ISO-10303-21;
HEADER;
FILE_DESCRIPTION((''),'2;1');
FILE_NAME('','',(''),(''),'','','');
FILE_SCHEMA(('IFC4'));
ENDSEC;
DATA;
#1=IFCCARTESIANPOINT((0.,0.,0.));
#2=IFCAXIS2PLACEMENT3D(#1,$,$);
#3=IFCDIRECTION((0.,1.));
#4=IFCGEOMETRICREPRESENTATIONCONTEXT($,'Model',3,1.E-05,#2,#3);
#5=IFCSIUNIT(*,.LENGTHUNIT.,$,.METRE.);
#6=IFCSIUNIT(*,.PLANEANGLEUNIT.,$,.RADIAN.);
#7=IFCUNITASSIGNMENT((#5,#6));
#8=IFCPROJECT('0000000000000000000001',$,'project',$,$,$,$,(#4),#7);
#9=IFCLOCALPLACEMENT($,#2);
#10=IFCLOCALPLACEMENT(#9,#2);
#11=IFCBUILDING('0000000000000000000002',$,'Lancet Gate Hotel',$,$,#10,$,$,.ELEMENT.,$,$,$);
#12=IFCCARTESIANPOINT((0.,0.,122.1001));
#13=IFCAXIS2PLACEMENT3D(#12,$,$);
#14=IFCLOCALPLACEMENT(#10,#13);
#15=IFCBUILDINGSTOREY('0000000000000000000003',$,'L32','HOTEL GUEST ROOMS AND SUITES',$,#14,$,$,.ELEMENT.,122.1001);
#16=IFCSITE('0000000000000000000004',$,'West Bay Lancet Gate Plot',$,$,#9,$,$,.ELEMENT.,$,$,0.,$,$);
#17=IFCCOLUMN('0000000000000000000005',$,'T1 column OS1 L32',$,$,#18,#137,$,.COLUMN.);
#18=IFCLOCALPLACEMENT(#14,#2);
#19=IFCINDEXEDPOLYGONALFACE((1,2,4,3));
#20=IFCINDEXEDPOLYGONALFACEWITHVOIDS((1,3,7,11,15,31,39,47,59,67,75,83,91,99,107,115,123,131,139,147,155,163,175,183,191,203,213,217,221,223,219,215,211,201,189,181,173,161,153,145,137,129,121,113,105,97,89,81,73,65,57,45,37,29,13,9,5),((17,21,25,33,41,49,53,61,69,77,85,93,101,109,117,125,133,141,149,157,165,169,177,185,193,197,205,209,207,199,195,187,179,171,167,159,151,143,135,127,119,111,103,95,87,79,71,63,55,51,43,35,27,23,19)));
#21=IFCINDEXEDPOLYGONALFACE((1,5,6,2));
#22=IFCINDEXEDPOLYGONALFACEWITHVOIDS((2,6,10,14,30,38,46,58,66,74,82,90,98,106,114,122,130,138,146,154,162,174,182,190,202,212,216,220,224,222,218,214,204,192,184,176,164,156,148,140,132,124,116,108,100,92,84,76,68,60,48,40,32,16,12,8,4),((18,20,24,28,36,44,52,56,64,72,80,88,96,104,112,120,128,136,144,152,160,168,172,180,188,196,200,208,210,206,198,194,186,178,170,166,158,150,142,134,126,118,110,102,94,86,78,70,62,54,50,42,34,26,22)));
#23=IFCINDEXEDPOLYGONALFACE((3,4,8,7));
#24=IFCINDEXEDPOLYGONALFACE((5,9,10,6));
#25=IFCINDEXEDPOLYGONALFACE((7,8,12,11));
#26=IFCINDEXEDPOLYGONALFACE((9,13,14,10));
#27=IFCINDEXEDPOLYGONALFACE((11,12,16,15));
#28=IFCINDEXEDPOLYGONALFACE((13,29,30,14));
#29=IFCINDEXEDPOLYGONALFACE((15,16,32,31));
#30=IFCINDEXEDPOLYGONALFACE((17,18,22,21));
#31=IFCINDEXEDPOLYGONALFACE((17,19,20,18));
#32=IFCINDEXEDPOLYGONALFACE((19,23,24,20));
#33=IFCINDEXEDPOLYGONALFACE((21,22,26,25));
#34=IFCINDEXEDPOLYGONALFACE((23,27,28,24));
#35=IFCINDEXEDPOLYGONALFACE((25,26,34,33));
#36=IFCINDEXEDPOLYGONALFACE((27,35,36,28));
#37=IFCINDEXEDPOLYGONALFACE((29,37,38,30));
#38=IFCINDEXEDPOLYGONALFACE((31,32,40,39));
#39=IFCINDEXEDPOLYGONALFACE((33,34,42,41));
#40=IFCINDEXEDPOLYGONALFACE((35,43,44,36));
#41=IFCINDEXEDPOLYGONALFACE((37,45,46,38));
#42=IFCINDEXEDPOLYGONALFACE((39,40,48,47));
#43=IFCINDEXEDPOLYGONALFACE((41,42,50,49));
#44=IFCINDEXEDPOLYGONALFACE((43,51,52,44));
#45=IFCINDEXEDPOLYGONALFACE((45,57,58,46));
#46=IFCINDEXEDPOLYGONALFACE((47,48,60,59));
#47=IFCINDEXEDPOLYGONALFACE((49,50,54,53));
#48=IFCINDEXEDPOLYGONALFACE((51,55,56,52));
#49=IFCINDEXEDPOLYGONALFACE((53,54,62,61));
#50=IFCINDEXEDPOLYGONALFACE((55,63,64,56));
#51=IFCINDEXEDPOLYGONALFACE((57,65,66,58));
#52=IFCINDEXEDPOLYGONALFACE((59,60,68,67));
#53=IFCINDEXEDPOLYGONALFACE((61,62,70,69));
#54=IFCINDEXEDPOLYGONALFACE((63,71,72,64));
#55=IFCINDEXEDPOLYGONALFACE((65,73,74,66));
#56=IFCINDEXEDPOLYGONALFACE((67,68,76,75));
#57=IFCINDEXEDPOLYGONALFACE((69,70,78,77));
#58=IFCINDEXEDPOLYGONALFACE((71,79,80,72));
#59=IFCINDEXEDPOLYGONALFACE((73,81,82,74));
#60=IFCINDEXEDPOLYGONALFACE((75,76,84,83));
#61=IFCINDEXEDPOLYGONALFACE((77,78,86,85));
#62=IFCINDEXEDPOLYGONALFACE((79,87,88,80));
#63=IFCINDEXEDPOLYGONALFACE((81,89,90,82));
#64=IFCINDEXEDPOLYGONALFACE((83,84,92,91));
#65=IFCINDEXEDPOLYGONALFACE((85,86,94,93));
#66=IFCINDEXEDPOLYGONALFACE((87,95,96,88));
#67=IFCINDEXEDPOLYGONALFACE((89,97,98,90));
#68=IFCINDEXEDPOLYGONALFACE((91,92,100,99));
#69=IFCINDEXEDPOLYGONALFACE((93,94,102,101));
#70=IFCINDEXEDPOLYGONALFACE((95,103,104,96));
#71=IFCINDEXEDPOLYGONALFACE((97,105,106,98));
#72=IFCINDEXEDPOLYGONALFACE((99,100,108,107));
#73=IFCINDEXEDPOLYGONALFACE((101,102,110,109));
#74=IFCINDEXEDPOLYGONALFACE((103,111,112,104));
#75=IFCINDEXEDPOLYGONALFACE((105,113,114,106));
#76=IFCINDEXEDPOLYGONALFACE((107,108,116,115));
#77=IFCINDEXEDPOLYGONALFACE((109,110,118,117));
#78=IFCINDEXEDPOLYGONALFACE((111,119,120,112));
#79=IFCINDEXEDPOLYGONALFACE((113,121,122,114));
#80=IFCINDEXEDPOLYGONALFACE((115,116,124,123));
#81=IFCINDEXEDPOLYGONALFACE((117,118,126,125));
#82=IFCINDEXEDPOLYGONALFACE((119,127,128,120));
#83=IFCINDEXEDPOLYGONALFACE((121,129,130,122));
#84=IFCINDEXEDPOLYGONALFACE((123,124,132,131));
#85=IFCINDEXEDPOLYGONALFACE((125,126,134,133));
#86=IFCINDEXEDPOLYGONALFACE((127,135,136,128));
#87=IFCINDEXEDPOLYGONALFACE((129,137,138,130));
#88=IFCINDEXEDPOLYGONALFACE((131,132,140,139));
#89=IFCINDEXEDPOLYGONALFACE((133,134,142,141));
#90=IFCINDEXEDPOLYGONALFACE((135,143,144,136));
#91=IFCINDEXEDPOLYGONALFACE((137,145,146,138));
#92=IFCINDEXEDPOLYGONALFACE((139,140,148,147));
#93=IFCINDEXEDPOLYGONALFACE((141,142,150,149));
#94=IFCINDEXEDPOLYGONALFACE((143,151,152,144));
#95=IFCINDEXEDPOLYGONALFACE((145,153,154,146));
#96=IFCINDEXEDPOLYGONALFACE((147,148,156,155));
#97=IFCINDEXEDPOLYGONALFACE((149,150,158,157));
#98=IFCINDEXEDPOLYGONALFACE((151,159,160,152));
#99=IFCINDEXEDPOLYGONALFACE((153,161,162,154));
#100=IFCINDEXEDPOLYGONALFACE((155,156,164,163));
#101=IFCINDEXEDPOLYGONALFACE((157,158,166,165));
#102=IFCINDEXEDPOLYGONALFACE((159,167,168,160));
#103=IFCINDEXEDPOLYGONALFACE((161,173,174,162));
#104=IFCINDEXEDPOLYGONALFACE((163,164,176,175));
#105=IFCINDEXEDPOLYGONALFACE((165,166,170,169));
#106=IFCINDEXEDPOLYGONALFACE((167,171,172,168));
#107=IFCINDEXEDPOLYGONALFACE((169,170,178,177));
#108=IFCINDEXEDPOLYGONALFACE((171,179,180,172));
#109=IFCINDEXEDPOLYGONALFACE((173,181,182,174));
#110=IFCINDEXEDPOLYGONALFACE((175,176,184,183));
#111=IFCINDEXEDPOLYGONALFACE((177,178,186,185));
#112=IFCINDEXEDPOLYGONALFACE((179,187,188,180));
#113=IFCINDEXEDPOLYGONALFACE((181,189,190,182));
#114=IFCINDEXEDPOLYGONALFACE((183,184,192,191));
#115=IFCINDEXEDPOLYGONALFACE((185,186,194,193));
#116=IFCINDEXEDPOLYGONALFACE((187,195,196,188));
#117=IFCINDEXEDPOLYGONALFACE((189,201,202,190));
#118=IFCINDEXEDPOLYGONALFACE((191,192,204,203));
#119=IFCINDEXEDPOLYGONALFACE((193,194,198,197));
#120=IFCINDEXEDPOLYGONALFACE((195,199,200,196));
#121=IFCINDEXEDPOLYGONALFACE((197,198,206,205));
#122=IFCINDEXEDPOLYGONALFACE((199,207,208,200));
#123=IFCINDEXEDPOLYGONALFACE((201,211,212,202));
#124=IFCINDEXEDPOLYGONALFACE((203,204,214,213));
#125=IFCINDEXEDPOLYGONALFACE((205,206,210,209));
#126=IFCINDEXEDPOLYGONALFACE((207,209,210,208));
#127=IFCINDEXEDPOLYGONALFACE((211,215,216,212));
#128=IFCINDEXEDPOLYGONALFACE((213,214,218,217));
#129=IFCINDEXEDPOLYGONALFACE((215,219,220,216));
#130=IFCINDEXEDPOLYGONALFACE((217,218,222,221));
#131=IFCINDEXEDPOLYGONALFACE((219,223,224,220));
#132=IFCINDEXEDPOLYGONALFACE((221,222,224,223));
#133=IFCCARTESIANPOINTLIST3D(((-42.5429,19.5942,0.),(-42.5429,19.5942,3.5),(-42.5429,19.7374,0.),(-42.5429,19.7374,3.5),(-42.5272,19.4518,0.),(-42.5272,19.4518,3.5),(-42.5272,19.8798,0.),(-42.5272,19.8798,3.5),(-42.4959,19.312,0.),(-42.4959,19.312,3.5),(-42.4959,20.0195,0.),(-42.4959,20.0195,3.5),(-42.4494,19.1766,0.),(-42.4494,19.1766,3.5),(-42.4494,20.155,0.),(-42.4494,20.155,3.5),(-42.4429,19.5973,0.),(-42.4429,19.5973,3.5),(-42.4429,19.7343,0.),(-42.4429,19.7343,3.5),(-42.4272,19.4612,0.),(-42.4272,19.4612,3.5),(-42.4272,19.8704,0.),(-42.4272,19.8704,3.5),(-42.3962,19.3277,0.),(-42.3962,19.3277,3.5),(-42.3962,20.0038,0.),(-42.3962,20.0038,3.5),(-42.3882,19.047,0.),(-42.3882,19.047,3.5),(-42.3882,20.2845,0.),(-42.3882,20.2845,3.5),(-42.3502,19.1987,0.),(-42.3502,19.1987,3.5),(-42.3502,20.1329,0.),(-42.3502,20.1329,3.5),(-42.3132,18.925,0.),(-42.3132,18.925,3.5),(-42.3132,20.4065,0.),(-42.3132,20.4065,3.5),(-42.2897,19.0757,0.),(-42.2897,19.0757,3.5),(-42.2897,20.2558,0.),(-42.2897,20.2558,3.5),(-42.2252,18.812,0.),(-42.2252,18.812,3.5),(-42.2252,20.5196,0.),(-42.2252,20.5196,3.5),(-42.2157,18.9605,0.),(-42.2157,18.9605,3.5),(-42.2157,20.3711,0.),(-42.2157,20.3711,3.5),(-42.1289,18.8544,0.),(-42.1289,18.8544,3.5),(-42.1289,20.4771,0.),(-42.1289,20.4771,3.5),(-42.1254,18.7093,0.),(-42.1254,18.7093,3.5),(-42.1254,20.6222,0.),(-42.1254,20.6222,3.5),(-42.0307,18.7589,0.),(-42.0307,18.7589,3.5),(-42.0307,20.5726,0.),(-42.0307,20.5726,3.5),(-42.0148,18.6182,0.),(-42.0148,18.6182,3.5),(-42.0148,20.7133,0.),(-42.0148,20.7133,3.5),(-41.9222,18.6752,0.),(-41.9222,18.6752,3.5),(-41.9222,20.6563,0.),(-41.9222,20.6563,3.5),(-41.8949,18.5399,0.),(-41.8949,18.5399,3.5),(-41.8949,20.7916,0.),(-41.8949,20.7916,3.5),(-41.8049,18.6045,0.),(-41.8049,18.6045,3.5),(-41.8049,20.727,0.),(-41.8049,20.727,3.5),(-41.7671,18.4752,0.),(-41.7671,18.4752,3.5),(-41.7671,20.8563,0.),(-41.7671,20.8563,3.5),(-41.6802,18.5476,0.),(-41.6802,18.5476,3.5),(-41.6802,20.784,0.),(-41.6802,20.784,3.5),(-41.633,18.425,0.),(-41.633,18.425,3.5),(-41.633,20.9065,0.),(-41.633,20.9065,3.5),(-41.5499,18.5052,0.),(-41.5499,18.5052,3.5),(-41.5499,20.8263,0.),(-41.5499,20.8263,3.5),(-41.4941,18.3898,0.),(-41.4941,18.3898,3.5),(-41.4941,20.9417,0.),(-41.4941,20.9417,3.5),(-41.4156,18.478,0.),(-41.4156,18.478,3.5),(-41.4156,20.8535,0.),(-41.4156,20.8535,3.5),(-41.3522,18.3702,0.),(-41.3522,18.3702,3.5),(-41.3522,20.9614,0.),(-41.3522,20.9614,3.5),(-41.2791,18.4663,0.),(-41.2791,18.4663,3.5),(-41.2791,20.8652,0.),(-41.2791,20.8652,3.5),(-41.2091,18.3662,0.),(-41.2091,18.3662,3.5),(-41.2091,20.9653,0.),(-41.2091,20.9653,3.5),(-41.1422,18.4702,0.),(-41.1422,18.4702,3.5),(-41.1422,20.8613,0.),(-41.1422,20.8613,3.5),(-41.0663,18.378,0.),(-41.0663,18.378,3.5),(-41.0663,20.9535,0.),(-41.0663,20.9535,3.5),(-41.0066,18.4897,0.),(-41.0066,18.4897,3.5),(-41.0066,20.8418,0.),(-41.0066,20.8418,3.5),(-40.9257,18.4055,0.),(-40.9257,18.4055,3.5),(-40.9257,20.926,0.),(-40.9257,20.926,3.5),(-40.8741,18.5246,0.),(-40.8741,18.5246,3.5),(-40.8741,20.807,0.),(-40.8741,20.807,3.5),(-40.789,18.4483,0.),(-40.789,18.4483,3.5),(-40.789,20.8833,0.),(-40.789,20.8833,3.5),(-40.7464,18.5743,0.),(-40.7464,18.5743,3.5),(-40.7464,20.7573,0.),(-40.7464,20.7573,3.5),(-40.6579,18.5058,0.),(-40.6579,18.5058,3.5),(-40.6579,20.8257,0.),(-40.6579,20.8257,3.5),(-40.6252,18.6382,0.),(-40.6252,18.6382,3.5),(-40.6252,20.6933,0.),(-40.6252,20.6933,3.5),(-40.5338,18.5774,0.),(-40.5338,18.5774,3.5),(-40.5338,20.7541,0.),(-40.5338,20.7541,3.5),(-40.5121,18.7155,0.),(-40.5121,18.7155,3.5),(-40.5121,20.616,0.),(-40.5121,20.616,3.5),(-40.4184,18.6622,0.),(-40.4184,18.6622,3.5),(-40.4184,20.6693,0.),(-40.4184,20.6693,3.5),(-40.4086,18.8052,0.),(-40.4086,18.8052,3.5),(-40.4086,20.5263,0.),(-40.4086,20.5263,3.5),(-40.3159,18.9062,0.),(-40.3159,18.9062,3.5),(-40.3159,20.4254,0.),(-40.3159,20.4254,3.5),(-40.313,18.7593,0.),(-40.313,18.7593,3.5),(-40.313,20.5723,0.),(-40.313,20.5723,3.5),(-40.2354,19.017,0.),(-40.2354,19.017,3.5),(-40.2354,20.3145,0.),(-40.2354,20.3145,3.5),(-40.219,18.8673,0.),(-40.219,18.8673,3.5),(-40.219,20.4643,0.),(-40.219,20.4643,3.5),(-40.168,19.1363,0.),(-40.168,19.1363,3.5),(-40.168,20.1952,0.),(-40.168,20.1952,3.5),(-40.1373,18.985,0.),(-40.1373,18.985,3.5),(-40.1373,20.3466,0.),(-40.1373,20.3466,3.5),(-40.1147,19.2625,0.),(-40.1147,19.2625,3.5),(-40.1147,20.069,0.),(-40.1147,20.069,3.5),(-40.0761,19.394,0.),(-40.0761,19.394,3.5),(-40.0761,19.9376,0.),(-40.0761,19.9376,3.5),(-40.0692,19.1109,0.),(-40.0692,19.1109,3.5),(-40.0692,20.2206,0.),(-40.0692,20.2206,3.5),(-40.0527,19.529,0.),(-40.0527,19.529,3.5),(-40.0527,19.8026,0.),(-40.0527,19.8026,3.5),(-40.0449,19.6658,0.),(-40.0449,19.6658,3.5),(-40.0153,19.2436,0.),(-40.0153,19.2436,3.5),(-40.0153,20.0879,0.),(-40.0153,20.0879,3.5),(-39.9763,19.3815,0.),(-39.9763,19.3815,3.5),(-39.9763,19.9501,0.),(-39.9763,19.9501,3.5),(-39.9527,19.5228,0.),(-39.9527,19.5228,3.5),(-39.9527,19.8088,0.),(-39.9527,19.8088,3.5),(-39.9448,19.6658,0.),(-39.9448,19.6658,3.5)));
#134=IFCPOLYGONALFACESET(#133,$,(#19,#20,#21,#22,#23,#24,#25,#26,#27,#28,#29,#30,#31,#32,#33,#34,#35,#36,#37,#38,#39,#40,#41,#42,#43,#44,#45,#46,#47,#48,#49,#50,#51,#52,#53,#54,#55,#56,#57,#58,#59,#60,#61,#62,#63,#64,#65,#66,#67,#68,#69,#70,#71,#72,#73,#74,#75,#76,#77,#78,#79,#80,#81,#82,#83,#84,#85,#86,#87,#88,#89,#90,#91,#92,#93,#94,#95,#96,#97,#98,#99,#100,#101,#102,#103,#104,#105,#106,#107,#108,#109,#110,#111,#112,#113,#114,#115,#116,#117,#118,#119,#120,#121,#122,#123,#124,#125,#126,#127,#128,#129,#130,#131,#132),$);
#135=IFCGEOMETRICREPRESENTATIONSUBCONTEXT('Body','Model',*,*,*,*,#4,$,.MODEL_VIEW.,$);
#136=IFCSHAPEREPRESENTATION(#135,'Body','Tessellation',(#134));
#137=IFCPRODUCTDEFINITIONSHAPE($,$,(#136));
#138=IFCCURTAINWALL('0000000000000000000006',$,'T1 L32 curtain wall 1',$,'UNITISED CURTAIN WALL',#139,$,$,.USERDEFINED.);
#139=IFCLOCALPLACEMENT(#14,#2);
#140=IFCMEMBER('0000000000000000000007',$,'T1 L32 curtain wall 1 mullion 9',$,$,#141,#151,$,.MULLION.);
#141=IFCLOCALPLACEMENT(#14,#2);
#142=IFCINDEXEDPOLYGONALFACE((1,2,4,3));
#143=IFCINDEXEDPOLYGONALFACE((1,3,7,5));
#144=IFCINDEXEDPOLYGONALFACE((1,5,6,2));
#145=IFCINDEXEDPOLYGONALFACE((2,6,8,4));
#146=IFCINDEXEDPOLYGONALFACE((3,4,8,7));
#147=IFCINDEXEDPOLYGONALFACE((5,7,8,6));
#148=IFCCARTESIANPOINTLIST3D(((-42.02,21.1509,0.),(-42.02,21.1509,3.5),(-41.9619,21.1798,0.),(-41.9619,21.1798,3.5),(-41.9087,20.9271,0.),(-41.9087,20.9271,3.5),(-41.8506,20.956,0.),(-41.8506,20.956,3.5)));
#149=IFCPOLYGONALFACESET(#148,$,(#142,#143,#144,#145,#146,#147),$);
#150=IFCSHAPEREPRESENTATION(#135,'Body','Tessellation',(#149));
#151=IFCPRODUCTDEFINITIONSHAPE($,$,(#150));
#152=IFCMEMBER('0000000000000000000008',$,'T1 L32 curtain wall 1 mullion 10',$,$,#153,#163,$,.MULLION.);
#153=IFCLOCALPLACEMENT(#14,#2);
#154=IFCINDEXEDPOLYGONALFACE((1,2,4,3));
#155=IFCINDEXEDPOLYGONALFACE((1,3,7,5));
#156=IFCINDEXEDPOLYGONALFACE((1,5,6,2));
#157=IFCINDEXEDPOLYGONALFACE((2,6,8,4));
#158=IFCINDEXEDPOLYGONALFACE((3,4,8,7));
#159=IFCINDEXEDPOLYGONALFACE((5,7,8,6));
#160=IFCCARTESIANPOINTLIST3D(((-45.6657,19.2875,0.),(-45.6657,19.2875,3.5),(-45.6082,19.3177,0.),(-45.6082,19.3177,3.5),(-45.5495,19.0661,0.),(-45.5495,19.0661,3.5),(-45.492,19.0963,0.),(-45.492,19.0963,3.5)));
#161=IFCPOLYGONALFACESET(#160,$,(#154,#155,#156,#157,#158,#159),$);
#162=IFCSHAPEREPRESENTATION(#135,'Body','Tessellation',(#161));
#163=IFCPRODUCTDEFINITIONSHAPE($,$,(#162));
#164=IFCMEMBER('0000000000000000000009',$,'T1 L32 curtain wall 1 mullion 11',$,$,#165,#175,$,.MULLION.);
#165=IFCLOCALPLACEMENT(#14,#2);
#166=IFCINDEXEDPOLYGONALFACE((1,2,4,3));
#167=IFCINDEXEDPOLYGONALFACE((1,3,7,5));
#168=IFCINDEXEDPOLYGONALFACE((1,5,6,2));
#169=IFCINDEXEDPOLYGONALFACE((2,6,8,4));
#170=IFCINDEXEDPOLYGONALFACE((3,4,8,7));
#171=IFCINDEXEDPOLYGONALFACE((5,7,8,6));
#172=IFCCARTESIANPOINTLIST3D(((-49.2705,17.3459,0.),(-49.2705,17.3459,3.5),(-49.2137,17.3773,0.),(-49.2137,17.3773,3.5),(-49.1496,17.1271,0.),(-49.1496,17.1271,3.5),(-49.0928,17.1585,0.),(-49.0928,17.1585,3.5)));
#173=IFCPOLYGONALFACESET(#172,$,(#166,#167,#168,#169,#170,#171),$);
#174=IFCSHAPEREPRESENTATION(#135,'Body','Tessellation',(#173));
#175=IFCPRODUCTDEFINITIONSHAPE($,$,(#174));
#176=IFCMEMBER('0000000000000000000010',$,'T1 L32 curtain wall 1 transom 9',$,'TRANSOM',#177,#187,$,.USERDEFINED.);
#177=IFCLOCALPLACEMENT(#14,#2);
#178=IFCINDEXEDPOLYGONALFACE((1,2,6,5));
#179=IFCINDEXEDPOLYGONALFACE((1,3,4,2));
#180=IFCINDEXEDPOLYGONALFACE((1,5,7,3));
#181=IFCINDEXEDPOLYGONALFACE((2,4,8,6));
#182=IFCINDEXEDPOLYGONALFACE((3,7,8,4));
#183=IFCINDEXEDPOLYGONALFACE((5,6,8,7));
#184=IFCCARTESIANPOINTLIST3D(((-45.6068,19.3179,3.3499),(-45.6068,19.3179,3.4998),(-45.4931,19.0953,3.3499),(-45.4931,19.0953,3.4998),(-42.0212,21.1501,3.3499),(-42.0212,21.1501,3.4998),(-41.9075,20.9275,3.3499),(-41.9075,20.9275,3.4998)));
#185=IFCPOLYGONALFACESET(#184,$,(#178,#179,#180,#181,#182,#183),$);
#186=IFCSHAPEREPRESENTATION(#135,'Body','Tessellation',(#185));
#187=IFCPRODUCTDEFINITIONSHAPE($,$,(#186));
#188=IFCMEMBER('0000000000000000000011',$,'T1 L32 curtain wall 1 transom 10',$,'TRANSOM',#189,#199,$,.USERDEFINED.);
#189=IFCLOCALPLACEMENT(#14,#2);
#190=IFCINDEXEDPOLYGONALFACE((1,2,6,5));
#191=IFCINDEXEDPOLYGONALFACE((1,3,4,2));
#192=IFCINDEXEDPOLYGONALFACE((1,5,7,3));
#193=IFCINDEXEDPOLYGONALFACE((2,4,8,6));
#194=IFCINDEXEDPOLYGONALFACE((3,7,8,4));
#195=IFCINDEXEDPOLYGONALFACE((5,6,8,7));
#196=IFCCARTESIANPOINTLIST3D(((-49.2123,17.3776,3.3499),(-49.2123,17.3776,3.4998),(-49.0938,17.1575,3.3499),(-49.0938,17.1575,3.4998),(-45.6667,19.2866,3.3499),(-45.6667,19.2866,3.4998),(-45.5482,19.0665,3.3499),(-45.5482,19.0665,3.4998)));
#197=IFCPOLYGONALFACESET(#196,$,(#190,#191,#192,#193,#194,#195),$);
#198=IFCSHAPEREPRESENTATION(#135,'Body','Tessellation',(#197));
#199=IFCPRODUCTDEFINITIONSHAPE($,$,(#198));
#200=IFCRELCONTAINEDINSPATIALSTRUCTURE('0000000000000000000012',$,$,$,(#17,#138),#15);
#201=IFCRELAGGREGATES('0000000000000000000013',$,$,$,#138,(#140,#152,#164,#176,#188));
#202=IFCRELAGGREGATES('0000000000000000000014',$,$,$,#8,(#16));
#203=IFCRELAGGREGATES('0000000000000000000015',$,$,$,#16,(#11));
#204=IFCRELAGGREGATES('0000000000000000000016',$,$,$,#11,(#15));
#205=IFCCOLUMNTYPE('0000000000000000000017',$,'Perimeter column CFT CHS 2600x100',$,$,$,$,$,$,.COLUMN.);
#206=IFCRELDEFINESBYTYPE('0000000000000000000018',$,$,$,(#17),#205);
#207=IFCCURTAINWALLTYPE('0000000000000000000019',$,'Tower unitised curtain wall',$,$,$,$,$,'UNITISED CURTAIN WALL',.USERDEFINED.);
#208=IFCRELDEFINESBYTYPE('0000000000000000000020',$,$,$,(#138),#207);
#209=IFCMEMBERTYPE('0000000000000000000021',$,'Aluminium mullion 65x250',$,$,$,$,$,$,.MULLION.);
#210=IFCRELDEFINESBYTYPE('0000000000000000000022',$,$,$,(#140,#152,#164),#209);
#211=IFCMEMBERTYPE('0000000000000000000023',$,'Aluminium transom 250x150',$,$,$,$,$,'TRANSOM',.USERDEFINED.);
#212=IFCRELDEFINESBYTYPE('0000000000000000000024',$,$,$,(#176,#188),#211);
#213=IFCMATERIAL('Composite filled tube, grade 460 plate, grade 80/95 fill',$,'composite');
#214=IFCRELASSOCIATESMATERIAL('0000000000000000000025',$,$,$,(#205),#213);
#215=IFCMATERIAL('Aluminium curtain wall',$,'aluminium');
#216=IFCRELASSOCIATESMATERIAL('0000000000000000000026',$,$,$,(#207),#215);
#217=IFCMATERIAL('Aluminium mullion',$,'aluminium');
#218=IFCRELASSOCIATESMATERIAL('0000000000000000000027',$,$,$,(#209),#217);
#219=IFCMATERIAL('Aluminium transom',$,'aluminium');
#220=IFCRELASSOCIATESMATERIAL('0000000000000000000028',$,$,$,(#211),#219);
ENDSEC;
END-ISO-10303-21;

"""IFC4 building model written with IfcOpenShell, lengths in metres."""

from ifc_helpers import new_model, si_unit, direction, frame, origin, origin_2d, place, context, subcontext, project, spatial, rectangle, hollow_circle, extrude, material, material_profile, profile_set, type_object, element, aggregate, save


model = new_model("IFC4")

# Units and contexts
model_context = context("Model", 3, precision=1e-05, world=origin(), true_north=direction((0.0, 1.0)))
body_context = subcontext(model_context, "Body", "Model", "MODEL_VIEW")
ifc_project = project(units=[si_unit("LENGTHUNIT", "METRE"), si_unit("PLANEANGLEUNIT", "RADIAN")], contexts=[model_context])

# Site, building, storey
site_placement = place(None, origin())
site = spatial("IfcSite", under=ifc_project, at=site_placement, Name="West Bay Lancet Gate Plot", CompositionType="ELEMENT", RefElevation=0.0)
building_placement = place(site_placement, origin())
building = spatial("IfcBuilding", under=site, at=building_placement, Name="Lancet Gate Hotel", CompositionType="ELEMENT")
storey_placement = place(building_placement, frame((0.0, 0.0, 122.1001)))
storey = spatial("IfcBuildingStorey", under=building, at=storey_placement, Name="L32", Description="HOTEL GUEST ROOMS AND SUITES", CompositionType="ELEMENT", Elevation=122.1001)

# Column
ifc_material_1 = material(Name="Composite filled tube, grade 460 plate, grade 80/95 fill", Category="composite")
ifc_material_profile_1 = material_profile(ifc_material_1, hollow_circle(Radius=1.3, WallThickness=0.1001, at=origin_2d()), Name="CHS 2600x100")
ifc_profile_set_1 = profile_set([ifc_material_profile_1], Name="Composite filled tube, grade 460 plate, grade 80/95 fill")
column_type = type_object("IfcColumnType", Name="Perimeter column CFT CHS 2600x100", PredefinedType="COLUMN", material=ifc_profile_set_1)
column_placement = place(storey_placement, frame((-41.2449, 19.6658, 0.0), z_axis=(0.0, 0.0, 1.0), x_axis=(1.0, 0.0, 0.0)))
element("IfcColumn", 1, at=column_placement, inside=storey, type_object=column_type, Name="T1 column OS1 L32", PredefinedType="COLUMN", context=body_context, shape_type="SweptSolid", body=[
    extrude(hollow_circle(Radius=1.3, WallThickness=0.1001, at=origin_2d()), origin(), (0.0, 0.0, 1.0), 3.5),
])

# Curtain wall, members
ifc_material_2 = material(Name="Aluminium curtain wall", Category="aluminium")
curtain_wall_type = type_object("IfcCurtainWallType", Name="Tower unitised curtain wall", ElementType="UNITISED CURTAIN WALL", PredefinedType="USERDEFINED", material=ifc_material_2)
curtain_wall_placement = place(storey_placement, origin())
curtain_wall = element("IfcCurtainWall", 2, at=curtain_wall_placement, inside=storey, type_object=curtain_wall_type, Name="T1 L32 curtain wall 1", ObjectType="UNITISED CURTAIN WALL", PredefinedType="USERDEFINED")
ifc_material_3 = material(Name="Aluminium mullion", Category="aluminium")
ifc_material_profile_2 = material_profile(ifc_material_3, rectangle(XDim=0.0649, YDim=0.25, at=origin_2d()), Name="MULLION 65x250")
ifc_profile_set_2 = profile_set([ifc_material_profile_2], Name="Aluminium mullion")
member_type_1 = type_object("IfcMemberType", Name="Aluminium mullion 65x250", PredefinedType="MULLION", material=ifc_profile_set_2)
member_1_placement = place(storey_placement, frame((-41.9353, 21.0535, 0.0), z_axis=(0.0, 0.0, 1.0), x_axis=(-0.895339, -0.445384, 0.0)))
member_1 = element("IfcMember", 3, at=member_1_placement, type_object=member_type_1, Name="T1 L32 curtain wall 1 mullion 9", PredefinedType="MULLION", context=body_context, shape_type="SweptSolid", body=[
    extrude(rectangle(XDim=0.0649, YDim=0.25, at=origin_2d()), origin(), (0.0, 0.0, 1.0), 3.5),
])
member_2_placement = place(storey_placement, frame((-45.5789, 19.1919, 0.0), z_axis=(0.0, 0.0, 1.0), x_axis=(-0.885544, -0.464555, 0.0)))
member_2 = element("IfcMember", 4, at=member_2_placement, type_object=member_type_1, Name="T1 L32 curtain wall 1 mullion 10", PredefinedType="MULLION", context=body_context, shape_type="SweptSolid", body=[
    extrude(rectangle(XDim=0.0649, YDim=0.25, at=origin_2d()), origin(), (0.0, 0.0, 1.0), 3.5),
])
member_3_placement = place(storey_placement, frame((-49.1816, 17.2522, 0.0), z_axis=(0.0, 0.0, 1.0), x_axis=(-0.875339, -0.48351, 0.0)))
member_3 = element("IfcMember", 5, at=member_3_placement, type_object=member_type_1, Name="T1 L32 curtain wall 1 mullion 11", PredefinedType="MULLION", context=body_context, shape_type="SweptSolid", body=[
    extrude(rectangle(XDim=0.0649, YDim=0.25, at=origin_2d()), origin(), (0.0, 0.0, 1.0), 3.5),
])
ifc_material_4 = material(Name="Aluminium transom", Category="aluminium")
ifc_material_profile_3 = material_profile(ifc_material_4, rectangle(XDim=0.25, YDim=0.1499, at=origin_2d()), Name="TRANSOM 250x150")
ifc_profile_set_3 = profile_set([ifc_material_profile_3], Name="Aluminium transom")
member_type_2 = type_object("IfcMemberType", Name="Aluminium transom 250x150", ElementType="TRANSOM", PredefinedType="USERDEFINED", material=ifc_profile_set_3)
member_4_placement = place(storey_placement, frame((-41.9644, 21.0388, 3.4248), z_axis=(-0.890476, -0.45503, 0.0), x_axis=(0.45503, -0.890476, 0.0)))
member_4 = element("IfcMember", 6, at=member_4_placement, type_object=member_type_2, Name="T1 L32 curtain wall 1 transom 9", ObjectType="TRANSOM", PredefinedType="USERDEFINED", context=body_context, shape_type="SweptSolid", body=[
    extrude(rectangle(XDim=0.25, YDim=0.1499, at=origin_2d()), origin(), (0.0, 0.0, 1.0), 4.0266),
])
member_5_placement = place(storey_placement, frame((-45.6074, 19.1765, 3.4248), z_axis=(-0.880498, -0.474049, 0.0), x_axis=(0.474049, -0.880498, 0.0)))
member_5 = element("IfcMember", 7, at=member_5_placement, type_object=member_type_2, Name="T1 L32 curtain wall 1 transom 10", ObjectType="TRANSOM", PredefinedType="USERDEFINED", context=body_context, shape_type="SweptSolid", body=[
    extrude(rectangle(XDim=0.25, YDim=0.1499, at=origin_2d()), origin(), (0.0, 0.0, 1.0), 4.0269),
])

aggregate(curtain_wall, [member_1, member_2, member_3, member_4, member_5])

save(model, "model.ifc")
